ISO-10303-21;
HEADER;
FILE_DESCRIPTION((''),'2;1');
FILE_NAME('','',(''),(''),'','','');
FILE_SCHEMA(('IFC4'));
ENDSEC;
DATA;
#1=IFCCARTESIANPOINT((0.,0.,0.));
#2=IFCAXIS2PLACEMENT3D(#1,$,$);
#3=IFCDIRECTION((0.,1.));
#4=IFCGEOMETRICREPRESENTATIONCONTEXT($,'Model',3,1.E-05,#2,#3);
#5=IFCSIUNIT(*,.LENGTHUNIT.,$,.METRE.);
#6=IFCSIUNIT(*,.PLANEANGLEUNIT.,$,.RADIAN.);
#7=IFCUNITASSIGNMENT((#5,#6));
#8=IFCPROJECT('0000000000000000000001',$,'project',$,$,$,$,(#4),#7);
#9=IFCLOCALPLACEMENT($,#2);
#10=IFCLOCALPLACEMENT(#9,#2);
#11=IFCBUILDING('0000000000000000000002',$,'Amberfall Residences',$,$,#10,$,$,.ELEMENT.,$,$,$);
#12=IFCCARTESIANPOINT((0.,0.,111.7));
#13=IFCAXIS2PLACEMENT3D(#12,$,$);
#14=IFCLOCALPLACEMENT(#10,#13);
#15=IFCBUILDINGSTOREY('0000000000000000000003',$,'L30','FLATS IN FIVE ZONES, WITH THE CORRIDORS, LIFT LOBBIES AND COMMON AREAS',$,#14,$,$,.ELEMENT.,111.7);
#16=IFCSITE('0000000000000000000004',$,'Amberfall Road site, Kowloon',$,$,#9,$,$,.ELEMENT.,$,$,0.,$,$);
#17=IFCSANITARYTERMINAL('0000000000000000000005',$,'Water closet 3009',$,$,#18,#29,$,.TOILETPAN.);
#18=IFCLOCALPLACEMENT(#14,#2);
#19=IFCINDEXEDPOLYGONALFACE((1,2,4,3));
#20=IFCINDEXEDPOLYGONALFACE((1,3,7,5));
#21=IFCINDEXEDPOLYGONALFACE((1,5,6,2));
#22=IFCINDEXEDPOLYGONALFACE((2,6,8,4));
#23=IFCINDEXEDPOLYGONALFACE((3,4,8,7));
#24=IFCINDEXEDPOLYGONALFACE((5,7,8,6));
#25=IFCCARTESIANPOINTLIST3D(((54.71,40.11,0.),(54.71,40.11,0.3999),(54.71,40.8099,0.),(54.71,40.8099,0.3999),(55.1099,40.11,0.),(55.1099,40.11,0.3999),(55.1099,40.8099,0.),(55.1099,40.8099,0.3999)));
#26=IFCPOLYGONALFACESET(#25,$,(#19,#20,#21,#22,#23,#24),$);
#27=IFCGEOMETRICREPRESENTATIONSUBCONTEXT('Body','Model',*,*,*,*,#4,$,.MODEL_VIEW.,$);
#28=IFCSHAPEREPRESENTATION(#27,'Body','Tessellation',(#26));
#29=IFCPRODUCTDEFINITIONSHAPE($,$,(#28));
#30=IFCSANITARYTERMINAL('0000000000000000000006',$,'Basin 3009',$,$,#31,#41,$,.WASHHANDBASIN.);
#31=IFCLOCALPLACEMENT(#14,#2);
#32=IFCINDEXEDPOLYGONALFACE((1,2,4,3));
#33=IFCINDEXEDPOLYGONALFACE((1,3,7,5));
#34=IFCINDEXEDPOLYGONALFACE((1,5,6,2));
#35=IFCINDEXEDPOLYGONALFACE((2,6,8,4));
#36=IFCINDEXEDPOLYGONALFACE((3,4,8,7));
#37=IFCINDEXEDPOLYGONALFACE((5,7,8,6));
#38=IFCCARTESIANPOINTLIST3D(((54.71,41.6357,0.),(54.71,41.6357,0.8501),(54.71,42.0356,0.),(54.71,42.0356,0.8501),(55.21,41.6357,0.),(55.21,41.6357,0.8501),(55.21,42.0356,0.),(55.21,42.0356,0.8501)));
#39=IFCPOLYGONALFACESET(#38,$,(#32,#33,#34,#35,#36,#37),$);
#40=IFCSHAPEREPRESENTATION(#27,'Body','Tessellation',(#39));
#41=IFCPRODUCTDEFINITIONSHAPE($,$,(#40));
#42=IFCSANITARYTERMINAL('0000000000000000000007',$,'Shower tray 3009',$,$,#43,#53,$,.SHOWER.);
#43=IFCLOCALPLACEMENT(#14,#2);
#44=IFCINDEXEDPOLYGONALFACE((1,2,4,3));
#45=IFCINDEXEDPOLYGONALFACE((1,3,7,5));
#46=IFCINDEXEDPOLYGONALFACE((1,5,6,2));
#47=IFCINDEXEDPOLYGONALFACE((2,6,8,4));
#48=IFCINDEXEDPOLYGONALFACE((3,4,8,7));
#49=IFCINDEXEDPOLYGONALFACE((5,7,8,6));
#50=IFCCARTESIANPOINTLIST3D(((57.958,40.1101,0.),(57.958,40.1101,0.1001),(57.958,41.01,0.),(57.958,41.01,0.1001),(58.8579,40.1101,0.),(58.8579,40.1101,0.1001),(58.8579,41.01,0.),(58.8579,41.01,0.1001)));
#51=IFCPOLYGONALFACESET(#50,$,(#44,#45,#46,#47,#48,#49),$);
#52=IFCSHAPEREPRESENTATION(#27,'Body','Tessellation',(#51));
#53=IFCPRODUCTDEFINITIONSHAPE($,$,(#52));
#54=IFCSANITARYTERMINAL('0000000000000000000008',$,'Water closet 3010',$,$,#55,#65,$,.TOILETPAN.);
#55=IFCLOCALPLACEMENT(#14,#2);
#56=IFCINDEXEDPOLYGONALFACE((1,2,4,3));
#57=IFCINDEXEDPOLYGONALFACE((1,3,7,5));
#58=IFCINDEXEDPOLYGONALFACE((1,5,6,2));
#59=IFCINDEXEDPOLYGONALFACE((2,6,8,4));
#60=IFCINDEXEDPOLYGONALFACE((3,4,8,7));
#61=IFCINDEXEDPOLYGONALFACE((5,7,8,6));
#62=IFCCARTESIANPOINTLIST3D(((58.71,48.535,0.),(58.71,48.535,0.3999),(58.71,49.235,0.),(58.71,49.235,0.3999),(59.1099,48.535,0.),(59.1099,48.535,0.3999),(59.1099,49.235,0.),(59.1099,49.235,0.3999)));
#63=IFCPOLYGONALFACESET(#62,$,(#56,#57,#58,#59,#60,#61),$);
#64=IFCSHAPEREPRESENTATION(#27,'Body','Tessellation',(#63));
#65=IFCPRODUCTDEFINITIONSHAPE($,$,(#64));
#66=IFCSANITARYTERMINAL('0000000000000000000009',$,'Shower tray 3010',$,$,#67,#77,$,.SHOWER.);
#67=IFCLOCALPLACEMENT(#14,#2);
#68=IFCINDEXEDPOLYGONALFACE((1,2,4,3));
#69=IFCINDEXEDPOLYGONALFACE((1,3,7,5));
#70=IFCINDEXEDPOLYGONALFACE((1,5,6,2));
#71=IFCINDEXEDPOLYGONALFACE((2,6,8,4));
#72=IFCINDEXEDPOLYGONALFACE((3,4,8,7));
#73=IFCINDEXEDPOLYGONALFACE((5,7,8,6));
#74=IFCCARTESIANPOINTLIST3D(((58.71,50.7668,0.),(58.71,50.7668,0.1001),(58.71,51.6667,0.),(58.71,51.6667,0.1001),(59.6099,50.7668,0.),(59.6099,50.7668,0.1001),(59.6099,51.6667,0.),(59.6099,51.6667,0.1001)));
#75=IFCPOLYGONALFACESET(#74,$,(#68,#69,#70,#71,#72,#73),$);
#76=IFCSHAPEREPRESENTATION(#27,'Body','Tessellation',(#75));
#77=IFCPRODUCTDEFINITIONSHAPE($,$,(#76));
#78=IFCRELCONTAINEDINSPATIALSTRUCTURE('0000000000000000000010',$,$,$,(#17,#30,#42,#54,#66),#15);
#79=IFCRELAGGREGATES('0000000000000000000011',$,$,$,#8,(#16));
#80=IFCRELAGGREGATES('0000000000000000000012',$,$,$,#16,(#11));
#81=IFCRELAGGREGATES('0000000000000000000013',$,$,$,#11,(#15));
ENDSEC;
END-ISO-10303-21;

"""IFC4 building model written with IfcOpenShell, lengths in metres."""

from ifc_helpers import new_model, si_unit, direction, frame, origin, origin_2d, place, context, subcontext, project, spatial, rectangle, extrude, element, save


model = new_model("IFC4")

# Units and contexts
model_context = context("Model", 3, precision=1e-05, world=origin(), true_north=direction((0.0, 1.0)))
body_context = subcontext(model_context, "Body", "Model", "MODEL_VIEW")
ifc_project = project(units=[si_unit("LENGTHUNIT", "METRE"), si_unit("PLANEANGLEUNIT", "RADIAN")], contexts=[model_context])

# Site, building, storey
site_placement = place(None, origin())
site = spatial("IfcSite", under=ifc_project, at=site_placement, Name="Amberfall Road site, Kowloon", CompositionType="ELEMENT", RefElevation=0.0)
building_placement = place(site_placement, origin())
building = spatial("IfcBuilding", under=site, at=building_placement, Name="Amberfall Residences", CompositionType="ELEMENT")
storey_placement = place(building_placement, frame((0.0, 0.0, 111.7)))
storey = spatial("IfcBuildingStorey", under=building, at=storey_placement, Name="L30", Description="FLATS IN FIVE ZONES, WITH THE CORRIDORS, LIFT LOBBIES AND COMMON AREAS", CompositionType="ELEMENT", Elevation=111.7)

# Sanitary terminals
sanitary_terminal_1_placement = place(storey_placement, frame((54.9099, 40.46, 0.0), z_axis=(0.0, 0.0, 1.0), x_axis=(1.0, 0.0, 0.0)))
element("IfcSanitaryTerminal", 1, at=sanitary_terminal_1_placement, inside=storey, Name="Water closet 3009", PredefinedType="TOILETPAN", context=body_context, shape_type="SweptSolid", body=[
    extrude(rectangle(XDim=0.3999, YDim=0.7, at=origin_2d()), origin(), (0.0, 0.0, 1.0), 0.3999),
])
sanitary_terminal_2_placement = place(storey_placement, frame((54.96, 41.8357, 0.0), z_axis=(0.0, 0.0, 1.0), x_axis=(1.0, 0.0, 0.0)))
element("IfcSanitaryTerminal", 2, at=sanitary_terminal_2_placement, inside=storey, Name="Basin 3009", PredefinedType="WASHHANDBASIN", context=body_context, shape_type="SweptSolid", body=[
    extrude(rectangle(XDim=0.5, YDim=0.3999, at=origin_2d()), origin(), (0.0, 0.0, 1.0), 0.8501),
])
sanitary_terminal_3_placement = place(storey_placement, frame((58.408, 40.5601, 0.0), z_axis=(0.0, 0.0, 1.0), x_axis=(1.0, 0.0, 0.0)))
element("IfcSanitaryTerminal", 3, at=sanitary_terminal_3_placement, inside=storey, Name="Shower tray 3009", PredefinedType="SHOWER", context=body_context, shape_type="SweptSolid", body=[
    extrude(rectangle(XDim=0.8999, YDim=0.8999, at=origin_2d()), origin(), (0.0, 0.0, 1.0), 0.1001),
])
sanitary_terminal_4_placement = place(storey_placement, frame((58.9099, 48.885, 0.0), z_axis=(0.0, 0.0, 1.0), x_axis=(1.0, 0.0, 0.0)))
element("IfcSanitaryTerminal", 4, at=sanitary_terminal_4_placement, inside=storey, Name="Water closet 3010", PredefinedType="TOILETPAN", context=body_context, shape_type="SweptSolid", body=[
    extrude(rectangle(XDim=0.3999, YDim=0.7, at=origin_2d()), origin(), (0.0, 0.0, 1.0), 0.3999),
])
sanitary_terminal_5_placement = place(storey_placement, frame((59.1599, 51.2168, 0.0), z_axis=(0.0, 0.0, 1.0), x_axis=(1.0, 0.0, 0.0)))
element("IfcSanitaryTerminal", 5, at=sanitary_terminal_5_placement, inside=storey, Name="Shower tray 3010", PredefinedType="SHOWER", context=body_context, shape_type="SweptSolid", body=[
    extrude(rectangle(XDim=0.8999, YDim=0.8999, at=origin_2d()), origin(), (0.0, 0.0, 1.0), 0.1001),
])

save(model, "model.ifc")
